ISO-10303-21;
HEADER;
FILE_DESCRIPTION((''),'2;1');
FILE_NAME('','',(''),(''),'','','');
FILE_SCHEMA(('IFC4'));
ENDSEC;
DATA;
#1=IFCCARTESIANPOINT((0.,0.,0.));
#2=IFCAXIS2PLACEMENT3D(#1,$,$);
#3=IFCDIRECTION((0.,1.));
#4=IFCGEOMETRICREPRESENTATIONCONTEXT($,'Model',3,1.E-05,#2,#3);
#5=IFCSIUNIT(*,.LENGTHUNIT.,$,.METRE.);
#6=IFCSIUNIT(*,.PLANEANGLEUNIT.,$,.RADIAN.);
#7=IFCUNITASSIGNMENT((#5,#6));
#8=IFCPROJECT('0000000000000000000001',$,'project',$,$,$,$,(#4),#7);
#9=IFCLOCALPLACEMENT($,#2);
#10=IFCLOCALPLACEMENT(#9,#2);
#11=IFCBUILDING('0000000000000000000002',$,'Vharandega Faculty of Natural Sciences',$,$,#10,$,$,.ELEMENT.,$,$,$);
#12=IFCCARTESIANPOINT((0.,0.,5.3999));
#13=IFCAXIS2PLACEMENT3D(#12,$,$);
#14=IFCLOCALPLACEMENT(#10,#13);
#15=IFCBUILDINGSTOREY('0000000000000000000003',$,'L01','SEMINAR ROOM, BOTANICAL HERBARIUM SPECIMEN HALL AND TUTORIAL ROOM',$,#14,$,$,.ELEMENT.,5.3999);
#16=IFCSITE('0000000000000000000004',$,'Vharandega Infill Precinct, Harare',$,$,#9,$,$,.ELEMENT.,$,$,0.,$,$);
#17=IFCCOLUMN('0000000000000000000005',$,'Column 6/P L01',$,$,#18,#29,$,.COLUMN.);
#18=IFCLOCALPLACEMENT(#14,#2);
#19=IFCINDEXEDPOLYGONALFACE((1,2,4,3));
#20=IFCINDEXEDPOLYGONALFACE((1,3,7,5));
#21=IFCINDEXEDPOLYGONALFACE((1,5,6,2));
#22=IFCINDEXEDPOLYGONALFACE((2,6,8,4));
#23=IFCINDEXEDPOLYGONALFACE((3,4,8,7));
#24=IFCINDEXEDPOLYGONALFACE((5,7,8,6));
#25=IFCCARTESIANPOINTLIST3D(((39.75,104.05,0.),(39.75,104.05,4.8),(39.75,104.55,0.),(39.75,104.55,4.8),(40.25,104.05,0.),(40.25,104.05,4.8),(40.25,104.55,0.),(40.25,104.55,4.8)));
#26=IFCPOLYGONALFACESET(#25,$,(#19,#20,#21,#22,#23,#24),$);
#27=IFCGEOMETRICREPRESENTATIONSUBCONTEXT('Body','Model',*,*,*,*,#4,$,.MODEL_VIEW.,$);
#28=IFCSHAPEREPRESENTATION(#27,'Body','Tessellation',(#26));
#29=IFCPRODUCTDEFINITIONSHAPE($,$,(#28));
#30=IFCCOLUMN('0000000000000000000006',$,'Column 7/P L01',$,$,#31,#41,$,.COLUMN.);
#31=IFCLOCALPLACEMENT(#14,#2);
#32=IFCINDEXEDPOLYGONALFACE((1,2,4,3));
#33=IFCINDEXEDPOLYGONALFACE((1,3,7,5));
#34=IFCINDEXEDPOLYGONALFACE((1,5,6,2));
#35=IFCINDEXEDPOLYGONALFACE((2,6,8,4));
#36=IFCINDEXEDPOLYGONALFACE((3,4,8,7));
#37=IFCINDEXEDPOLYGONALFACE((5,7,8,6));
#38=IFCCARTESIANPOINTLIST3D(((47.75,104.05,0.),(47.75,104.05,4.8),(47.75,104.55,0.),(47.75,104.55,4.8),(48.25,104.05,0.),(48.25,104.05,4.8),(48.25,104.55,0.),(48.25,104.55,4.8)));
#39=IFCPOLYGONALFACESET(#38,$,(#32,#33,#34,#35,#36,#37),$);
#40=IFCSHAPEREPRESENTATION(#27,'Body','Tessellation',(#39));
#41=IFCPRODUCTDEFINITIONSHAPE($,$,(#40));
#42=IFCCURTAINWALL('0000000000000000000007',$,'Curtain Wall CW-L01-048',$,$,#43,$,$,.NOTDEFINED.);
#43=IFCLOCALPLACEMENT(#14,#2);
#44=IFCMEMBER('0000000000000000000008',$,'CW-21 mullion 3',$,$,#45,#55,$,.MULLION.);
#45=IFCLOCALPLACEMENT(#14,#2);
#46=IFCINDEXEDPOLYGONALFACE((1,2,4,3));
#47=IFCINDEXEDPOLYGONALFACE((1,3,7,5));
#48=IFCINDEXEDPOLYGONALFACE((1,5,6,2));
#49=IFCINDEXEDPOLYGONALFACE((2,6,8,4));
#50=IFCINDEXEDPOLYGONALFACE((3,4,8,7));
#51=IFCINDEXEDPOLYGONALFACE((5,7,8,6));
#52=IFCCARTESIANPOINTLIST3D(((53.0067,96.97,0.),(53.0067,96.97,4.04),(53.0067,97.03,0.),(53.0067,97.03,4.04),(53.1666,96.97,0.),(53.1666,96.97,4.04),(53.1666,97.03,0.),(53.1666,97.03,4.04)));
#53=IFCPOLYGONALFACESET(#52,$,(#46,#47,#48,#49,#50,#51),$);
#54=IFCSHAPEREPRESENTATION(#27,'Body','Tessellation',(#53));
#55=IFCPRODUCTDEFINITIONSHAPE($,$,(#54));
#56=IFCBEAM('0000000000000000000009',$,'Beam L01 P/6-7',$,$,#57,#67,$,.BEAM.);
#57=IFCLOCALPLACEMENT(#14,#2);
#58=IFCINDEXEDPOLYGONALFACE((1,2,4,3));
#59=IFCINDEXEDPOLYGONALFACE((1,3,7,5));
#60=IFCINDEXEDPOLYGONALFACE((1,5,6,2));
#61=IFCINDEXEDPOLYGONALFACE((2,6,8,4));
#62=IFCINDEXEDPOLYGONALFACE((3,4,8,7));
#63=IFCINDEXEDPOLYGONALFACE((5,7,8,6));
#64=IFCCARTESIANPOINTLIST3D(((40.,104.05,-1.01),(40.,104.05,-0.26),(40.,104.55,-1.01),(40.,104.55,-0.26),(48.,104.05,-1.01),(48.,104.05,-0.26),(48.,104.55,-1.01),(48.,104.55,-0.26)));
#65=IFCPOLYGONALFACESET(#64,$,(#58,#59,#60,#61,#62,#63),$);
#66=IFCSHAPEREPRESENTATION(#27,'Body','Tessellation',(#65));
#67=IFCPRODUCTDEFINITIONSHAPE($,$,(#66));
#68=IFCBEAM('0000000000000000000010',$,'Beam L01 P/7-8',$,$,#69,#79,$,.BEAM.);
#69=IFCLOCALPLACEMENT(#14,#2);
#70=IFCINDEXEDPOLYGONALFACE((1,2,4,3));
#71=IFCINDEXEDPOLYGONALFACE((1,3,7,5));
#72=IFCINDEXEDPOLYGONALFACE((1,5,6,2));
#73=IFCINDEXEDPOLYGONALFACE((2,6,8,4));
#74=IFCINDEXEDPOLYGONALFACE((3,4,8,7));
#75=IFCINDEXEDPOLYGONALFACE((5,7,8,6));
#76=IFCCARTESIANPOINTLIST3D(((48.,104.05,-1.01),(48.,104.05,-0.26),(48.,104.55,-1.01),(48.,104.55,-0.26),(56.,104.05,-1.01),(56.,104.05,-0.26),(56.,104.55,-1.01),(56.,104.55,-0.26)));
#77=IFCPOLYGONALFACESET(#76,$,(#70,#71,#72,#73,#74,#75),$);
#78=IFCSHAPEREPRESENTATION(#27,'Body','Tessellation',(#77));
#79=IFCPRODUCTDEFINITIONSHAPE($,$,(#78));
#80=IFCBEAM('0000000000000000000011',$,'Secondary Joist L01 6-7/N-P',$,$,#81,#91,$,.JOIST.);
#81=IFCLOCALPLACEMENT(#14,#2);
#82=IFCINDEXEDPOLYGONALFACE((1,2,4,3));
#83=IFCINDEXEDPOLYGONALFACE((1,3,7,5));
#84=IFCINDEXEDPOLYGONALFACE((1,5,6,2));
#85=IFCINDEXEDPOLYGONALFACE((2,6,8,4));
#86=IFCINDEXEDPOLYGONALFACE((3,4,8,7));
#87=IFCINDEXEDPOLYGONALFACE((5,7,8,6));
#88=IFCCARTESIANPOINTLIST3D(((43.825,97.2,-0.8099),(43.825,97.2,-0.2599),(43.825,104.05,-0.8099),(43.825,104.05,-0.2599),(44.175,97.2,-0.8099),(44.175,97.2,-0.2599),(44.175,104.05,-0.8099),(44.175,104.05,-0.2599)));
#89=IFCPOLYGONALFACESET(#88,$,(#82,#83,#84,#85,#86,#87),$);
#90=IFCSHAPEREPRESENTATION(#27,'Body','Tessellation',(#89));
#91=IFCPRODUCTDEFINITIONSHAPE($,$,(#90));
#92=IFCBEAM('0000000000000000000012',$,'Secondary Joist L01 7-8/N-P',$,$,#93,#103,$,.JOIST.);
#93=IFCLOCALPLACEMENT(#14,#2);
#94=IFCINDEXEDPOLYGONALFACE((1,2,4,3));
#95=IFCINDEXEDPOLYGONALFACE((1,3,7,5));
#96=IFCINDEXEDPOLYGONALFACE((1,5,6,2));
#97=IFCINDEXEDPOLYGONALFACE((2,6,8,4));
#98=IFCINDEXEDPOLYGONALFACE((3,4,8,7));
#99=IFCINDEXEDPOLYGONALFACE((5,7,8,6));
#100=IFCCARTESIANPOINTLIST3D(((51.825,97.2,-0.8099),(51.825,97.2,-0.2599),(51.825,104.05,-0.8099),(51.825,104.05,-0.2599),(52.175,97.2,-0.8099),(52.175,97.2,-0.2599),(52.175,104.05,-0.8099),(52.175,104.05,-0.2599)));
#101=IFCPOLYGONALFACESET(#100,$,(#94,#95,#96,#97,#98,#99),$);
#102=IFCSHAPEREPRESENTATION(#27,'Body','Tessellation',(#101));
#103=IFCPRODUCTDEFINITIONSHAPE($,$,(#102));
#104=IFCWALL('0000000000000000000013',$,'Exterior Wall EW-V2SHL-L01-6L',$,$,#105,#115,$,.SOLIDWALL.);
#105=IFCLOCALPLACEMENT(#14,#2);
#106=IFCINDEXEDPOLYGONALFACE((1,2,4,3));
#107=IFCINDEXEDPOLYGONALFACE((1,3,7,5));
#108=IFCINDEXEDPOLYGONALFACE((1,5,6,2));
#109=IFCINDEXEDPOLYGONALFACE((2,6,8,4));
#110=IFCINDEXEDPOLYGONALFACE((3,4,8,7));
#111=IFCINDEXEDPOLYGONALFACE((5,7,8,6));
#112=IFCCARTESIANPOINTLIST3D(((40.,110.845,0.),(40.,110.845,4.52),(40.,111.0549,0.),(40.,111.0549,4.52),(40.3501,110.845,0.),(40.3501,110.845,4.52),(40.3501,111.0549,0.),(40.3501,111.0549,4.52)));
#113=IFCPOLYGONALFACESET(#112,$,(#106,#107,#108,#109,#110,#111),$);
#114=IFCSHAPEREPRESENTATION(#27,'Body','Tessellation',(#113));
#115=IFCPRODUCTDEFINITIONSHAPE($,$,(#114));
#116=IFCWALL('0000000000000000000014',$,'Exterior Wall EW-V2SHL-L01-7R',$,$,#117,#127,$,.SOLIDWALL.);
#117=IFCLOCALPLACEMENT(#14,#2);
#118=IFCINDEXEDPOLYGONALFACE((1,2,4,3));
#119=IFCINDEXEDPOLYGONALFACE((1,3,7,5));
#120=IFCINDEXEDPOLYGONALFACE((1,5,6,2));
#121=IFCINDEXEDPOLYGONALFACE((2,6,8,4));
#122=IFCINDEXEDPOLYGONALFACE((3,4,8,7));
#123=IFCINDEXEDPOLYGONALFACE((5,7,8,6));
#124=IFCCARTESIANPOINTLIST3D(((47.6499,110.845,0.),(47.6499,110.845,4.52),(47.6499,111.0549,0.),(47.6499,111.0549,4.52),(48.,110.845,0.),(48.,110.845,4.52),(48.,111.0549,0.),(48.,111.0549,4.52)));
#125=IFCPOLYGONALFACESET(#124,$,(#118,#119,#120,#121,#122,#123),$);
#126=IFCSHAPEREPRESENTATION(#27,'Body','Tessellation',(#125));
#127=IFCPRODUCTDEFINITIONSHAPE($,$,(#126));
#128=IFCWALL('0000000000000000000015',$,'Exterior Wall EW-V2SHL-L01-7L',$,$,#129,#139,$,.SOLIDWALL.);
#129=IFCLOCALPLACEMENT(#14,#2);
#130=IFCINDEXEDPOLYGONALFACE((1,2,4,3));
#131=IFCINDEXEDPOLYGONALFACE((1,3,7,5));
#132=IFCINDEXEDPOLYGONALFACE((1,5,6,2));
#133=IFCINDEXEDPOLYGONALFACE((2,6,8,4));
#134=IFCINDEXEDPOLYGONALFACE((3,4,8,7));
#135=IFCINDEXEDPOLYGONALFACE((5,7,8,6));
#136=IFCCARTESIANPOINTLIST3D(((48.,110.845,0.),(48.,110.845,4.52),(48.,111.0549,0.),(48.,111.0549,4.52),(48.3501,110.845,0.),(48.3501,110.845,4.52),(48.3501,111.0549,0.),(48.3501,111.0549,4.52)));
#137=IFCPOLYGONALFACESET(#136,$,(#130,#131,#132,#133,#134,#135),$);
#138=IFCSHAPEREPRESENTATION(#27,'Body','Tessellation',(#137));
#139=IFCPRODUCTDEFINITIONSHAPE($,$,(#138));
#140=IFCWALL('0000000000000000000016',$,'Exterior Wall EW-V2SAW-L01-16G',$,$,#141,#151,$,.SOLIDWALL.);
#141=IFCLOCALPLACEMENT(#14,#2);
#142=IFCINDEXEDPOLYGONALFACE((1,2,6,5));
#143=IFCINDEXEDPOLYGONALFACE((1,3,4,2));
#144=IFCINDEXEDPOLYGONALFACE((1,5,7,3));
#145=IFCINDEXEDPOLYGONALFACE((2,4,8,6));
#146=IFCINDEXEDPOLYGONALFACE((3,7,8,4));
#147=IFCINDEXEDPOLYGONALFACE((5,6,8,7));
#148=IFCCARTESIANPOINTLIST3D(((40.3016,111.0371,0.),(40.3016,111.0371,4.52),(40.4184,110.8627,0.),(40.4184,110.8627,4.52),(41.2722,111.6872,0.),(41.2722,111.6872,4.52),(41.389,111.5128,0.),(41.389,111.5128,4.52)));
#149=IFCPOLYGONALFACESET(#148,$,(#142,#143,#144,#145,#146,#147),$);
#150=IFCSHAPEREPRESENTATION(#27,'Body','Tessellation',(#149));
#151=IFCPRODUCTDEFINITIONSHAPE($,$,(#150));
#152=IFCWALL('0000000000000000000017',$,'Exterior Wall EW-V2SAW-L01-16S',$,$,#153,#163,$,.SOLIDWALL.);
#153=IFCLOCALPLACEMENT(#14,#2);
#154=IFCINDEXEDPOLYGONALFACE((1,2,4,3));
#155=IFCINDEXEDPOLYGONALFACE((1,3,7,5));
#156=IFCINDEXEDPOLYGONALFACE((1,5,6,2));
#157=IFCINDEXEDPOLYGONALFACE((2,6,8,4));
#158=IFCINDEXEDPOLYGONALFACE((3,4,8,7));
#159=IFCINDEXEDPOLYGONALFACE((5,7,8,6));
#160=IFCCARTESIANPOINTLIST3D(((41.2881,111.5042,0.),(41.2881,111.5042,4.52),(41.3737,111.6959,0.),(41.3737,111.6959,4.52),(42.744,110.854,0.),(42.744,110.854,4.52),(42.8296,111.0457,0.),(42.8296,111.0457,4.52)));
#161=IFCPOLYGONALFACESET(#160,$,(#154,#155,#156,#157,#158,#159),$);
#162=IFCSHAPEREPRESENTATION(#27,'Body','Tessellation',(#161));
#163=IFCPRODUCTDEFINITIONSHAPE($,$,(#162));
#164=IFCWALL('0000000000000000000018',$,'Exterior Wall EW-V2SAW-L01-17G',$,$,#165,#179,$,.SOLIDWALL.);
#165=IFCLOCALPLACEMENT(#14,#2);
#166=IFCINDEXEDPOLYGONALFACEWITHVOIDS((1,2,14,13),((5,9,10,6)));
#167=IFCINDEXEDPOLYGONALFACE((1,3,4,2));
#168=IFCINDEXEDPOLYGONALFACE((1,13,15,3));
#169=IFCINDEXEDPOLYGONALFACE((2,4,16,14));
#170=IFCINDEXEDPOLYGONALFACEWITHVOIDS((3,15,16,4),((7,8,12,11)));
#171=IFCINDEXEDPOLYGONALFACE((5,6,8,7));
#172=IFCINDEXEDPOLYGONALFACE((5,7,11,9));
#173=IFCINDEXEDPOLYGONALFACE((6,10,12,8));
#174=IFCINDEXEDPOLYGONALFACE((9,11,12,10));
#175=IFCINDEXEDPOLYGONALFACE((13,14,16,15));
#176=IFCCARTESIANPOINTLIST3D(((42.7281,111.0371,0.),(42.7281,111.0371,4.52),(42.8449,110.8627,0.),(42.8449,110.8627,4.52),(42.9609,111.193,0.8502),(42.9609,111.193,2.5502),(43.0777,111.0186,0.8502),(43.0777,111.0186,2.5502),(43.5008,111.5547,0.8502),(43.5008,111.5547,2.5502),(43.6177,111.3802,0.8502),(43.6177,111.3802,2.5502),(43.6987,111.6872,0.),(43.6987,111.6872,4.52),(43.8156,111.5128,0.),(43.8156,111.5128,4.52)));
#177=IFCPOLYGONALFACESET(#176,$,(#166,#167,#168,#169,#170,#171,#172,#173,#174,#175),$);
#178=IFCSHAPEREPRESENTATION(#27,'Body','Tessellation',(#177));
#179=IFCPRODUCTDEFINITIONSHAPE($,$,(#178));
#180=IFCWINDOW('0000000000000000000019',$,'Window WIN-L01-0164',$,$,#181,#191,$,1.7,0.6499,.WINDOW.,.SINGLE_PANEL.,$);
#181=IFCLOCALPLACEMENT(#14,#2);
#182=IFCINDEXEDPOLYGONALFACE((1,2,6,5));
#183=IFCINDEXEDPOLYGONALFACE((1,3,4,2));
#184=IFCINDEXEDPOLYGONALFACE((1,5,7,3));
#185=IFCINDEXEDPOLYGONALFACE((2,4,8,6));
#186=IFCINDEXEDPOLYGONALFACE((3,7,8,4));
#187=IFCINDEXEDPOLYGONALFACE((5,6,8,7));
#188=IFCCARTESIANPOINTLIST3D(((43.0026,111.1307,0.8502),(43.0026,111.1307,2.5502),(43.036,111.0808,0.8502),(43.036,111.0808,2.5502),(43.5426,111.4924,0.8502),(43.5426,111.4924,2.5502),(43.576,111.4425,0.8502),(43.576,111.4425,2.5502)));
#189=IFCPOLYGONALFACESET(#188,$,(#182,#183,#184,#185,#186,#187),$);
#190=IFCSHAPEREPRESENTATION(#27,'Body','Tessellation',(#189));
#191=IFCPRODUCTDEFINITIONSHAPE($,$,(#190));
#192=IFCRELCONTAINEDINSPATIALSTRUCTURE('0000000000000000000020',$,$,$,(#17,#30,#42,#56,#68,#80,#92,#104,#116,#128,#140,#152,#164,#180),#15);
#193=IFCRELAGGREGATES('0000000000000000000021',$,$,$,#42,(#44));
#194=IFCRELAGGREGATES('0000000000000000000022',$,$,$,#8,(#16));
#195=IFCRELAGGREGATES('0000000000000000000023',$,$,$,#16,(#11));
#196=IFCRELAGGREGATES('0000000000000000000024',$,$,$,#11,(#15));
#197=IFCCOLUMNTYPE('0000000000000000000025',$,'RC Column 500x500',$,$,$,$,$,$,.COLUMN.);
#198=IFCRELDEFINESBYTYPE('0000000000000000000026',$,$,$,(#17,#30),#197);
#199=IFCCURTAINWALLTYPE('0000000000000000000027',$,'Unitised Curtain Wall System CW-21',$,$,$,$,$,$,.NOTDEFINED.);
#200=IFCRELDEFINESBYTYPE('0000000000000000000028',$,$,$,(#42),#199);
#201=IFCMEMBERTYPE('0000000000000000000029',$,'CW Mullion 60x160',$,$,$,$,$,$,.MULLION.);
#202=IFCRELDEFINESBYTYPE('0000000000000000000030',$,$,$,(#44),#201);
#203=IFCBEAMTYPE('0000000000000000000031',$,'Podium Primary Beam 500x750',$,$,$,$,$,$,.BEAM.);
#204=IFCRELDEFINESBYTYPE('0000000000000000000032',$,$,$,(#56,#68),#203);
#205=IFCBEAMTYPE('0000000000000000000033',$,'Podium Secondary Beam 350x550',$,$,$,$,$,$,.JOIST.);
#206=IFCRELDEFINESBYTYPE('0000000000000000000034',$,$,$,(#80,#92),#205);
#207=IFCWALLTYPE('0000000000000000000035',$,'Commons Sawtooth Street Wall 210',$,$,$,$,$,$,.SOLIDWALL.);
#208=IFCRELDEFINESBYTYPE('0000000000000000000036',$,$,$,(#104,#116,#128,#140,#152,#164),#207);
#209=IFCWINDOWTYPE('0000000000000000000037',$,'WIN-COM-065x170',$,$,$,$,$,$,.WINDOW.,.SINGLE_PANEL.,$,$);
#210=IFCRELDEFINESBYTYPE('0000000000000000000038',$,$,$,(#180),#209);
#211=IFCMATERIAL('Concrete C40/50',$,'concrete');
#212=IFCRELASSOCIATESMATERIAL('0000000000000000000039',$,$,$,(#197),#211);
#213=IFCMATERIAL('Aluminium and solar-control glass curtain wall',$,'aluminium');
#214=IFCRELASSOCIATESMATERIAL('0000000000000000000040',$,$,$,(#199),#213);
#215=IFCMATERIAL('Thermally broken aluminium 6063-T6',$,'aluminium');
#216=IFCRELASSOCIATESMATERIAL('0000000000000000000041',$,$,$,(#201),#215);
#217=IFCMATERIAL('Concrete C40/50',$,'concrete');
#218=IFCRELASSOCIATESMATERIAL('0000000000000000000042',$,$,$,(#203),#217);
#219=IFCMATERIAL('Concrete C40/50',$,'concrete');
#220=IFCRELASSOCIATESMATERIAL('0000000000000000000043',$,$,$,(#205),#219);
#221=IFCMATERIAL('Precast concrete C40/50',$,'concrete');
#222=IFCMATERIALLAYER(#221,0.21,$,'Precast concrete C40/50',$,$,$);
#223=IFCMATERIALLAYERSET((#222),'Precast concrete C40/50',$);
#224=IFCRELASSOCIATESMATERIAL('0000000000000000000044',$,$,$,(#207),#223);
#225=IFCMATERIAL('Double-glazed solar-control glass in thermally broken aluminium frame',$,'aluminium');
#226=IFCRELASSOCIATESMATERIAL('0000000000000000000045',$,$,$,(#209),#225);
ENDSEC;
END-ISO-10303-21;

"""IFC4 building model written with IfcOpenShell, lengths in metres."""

from ifc_helpers import new_model, si_unit, direction, frame, frame_2d, origin, origin_2d, place, context, subcontext, project, spatial, rectangle, extrude, material, layer, layer_set, material_profile, profile_set, type_object, element, fill, aggregate, save


model = new_model("IFC4")

# Units and contexts
model_context = context("Model", 3, precision=1e-05, world=origin(), true_north=direction((0.0, 1.0)))
body_context = subcontext(model_context, "Body", "Model", "MODEL_VIEW")
ifc_project = project(units=[si_unit("LENGTHUNIT", "METRE"), si_unit("PLANEANGLEUNIT", "RADIAN")], contexts=[model_context])

# Site, building, storey
site_placement = place(None, origin())
site = spatial("IfcSite", under=ifc_project, at=site_placement, Name="Vharandega Infill Precinct, Harare", CompositionType="ELEMENT", RefElevation=0.0)
building_placement = place(site_placement, origin())
building = spatial("IfcBuilding", under=site, at=building_placement, Name="Vharandega Faculty of Natural Sciences", CompositionType="ELEMENT")
storey_placement = place(building_placement, frame((0.0, 0.0, 5.3999)))
storey = spatial("IfcBuildingStorey", under=building, at=storey_placement, Name="L01", Description="SEMINAR ROOM, BOTANICAL HERBARIUM SPECIMEN HALL AND TUTORIAL ROOM", CompositionType="ELEMENT", Elevation=5.3999)

# Columns
ifc_material_1 = material(Name="Concrete C40/50", Category="concrete")
ifc_material_profile_1 = material_profile(ifc_material_1, rectangle(XDim=0.5, YDim=0.5, at=origin_2d()), Name="RC 500x500")
ifc_profile_set_1 = profile_set([ifc_material_profile_1], Name="Concrete C40/50")
column_type = type_object("IfcColumnType", Name="RC Column 500x500", PredefinedType="COLUMN", material=ifc_profile_set_1)
for number, where, z_axis, x_axis, name in (
    (1, (40.0, 104.3, 0.0), (0.0, 0.0, 1.0), (1.0, 0.0, 0.0), "Column 6/P L01"),
    (2, (48.0, 104.3, 0.0), (0.0, 0.0, 1.0), (1.0, 0.0, 0.0), "Column 7/P L01"),
):
    element("IfcColumn", number, at=place(storey_placement, frame(where, z_axis=z_axis, x_axis=x_axis)), inside=storey, type_object=column_type, Name=name, PredefinedType="COLUMN", context=body_context, shape_type="SweptSolid", body=[
        extrude(rectangle(XDim=0.5, YDim=0.5, at=origin_2d()), origin(), (0.0, 0.0, 1.0), 4.8),
    ])

# Curtain wall, member
ifc_material_2 = material(Name="Aluminium and solar-control glass curtain wall", Category="aluminium")
curtain_wall_type = type_object("IfcCurtainWallType", Name="Unitised Curtain Wall System CW-21", PredefinedType="NOTDEFINED", material=ifc_material_2)
curtain_wall_placement = place(storey_placement, origin())
curtain_wall = element("IfcCurtainWall", 3, at=curtain_wall_placement, inside=storey, type_object=curtain_wall_type, Name="Curtain Wall CW-L01-048", PredefinedType="NOTDEFINED")
ifc_material_3 = material(Name="Thermally broken aluminium 6063-T6", Category="aluminium")
ifc_material_profile_2 = material_profile(ifc_material_3, rectangle(XDim=0.0601, YDim=0.1599, at=origin_2d()), Name="ALU 60x160")
ifc_profile_set_2 = profile_set([ifc_material_profile_2], Name="Thermally broken aluminium 6063-T6")
member_type = type_object("IfcMemberType", Name="CW Mullion 60x160", PredefinedType="MULLION", material=ifc_profile_set_2)
member_placement = place(storey_placement, frame((53.0867, 97.0, 0.0), z_axis=(0.0, 0.0, 1.0), x_axis=(0.0, 1.0, 0.0)))
member = element("IfcMember", 4, at=member_placement, type_object=member_type, Name="CW-21 mullion 3", PredefinedType="MULLION", context=body_context, shape_type="SweptSolid", body=[
    extrude(rectangle(XDim=0.0601, YDim=0.1599, at=origin_2d()), origin(), (0.0, 0.0, 1.0), 4.04),
])
aggregate(curtain_wall, [member])

# Beams
ifc_material_4 = material(Name="Concrete C40/50", Category="concrete")
ifc_material_profile_3 = material_profile(ifc_material_4, rectangle(XDim=0.5, YDim=0.75, at=origin_2d()), Name="RC 500x750")
ifc_profile_set_3 = profile_set([ifc_material_profile_3], Name="Concrete C40/50")
beam_type_1 = type_object("IfcBeamType", Name="Podium Primary Beam 500x750", PredefinedType="BEAM", material=ifc_profile_set_3)
for number, where, z_axis, x_axis, name in (
    (5, (40.0, 104.3, -0.635), (1.0, 0.0, 0.0), (0.0, 1.0, 0.0), "Beam L01 P/6-7"),
    (6, (48.0, 104.3, -0.635), (1.0, 0.0, 0.0), (0.0, 1.0, 0.0), "Beam L01 P/7-8"),
):
    element("IfcBeam", number, at=place(storey_placement, frame(where, z_axis=z_axis, x_axis=x_axis)), inside=storey, type_object=beam_type_1, Name=name, PredefinedType="BEAM", context=body_context, shape_type="SweptSolid", body=[
        extrude(rectangle(XDim=0.5, YDim=0.75, at=origin_2d()), origin(), (0.0, 0.0, 1.0), 8.0),
    ])
ifc_material_5 = material(Name="Concrete C40/50", Category="concrete")
ifc_material_profile_4 = material_profile(ifc_material_5, rectangle(XDim=0.3501, YDim=0.55, at=origin_2d()), Name="RC 350x550")
ifc_profile_set_4 = profile_set([ifc_material_profile_4], Name="Concrete C40/50")
beam_type_2 = type_object("IfcBeamType", Name="Podium Secondary Beam 350x550", PredefinedType="JOIST", material=ifc_profile_set_4)
for number, where, z_axis, x_axis, name in (
    (7, (44.0, 97.2, -0.5349), (0.0, 1.0, 0.0), (-1.0, 0.0, 0.0), "Secondary Joist L01 6-7/N-P"),
    (8, (52.0, 97.2, -0.5349), (0.0, 1.0, 0.0), (-1.0, 0.0, 0.0), "Secondary Joist L01 7-8/N-P"),
):
    element("IfcBeam", number, at=place(storey_placement, frame(where, z_axis=z_axis, x_axis=x_axis)), inside=storey, type_object=beam_type_2, Name=name, PredefinedType="JOIST", context=body_context, shape_type="SweptSolid", body=[
        extrude(rectangle(XDim=0.3501, YDim=0.55, at=origin_2d()), origin(), (0.0, 0.0, 1.0), 6.8501),
    ])

# Walls
ifc_material_6 = material(Name="Precast concrete C40/50", Category="concrete")
ifc_layer_1 = layer(ifc_material_6, 0.21, Name="Precast concrete C40/50")
ifc_layer_set_1 = layer_set([ifc_layer_1], Name="Precast concrete C40/50")
wall_type_1 = type_object("IfcWallType", Name="Commons Sawtooth Street Wall 210", PredefinedType="SOLIDWALL", material=ifc_layer_set_1)
for number, where, z_axis, x_axis, name in (
    (9, (40.0, 110.95, 0.0), (0.0, 0.0, 1.0), (1.0, 0.0, 0.0), "Exterior Wall EW-V2SHL-L01-6L"),
    (10, (47.6499, 110.95, 0.0), (0.0, 0.0, 1.0), (1.0, 0.0, 0.0), "Exterior Wall EW-V2SHL-L01-7R"),
    (11, (48.0, 110.95, 0.0), (0.0, 0.0, 1.0), (1.0, 0.0, 0.0), "Exterior Wall EW-V2SHL-L01-7L"),
):
    element("IfcWall", number, at=place(storey_placement, frame(where, z_axis=z_axis, x_axis=x_axis)), inside=storey, type_object=wall_type_1, Name=name, PredefinedType="SOLIDWALL", context=body_context, shape_type="SweptSolid", body=[
        extrude(rectangle(XDim=0.3501, YDim=0.21, at=frame_2d((0.175, 0.0))), origin(), (0.0, 0.0, 1.0), 4.52),
    ])
wall_1_placement = place(storey_placement, frame((40.3601, 110.95, 0.0), z_axis=(0.0, 0.0, 1.0), x_axis=(0.830859, 0.556483, 0.0)))
element("IfcWall", 12, at=wall_1_placement, inside=storey, type_object=wall_type_1, Name="Exterior Wall EW-V2SAW-L01-16G", PredefinedType="SOLIDWALL", context=body_context, shape_type="SweptSolid", body=[
    extrude(rectangle(XDim=1.1682, YDim=0.21, at=frame_2d((0.584, 0.0))), origin(), (0.0, 0.0, 1.0), 4.52),
])
wall_2_placement = place(storey_placement, frame((41.3308, 111.6001, 0.0), z_axis=(0.0, 0.0, 1.0), x_axis=(0.913084, -0.407772, 0.0)))
element("IfcWall", 13, at=wall_2_placement, inside=storey, type_object=wall_type_1, Name="Exterior Wall EW-V2SAW-L01-16S", PredefinedType="SOLIDWALL", context=body_context, shape_type="SweptSolid", body=[
    extrude(rectangle(XDim=1.5945, YDim=0.21, at=frame_2d((0.7974, 0.0))), origin(), (0.0, 0.0, 1.0), 4.52),
])

# Wall, opening, window
wall_3_placement = place(storey_placement, frame((42.7866, 110.95, 0.0), z_axis=(0.0, 0.0, 1.0), x_axis=(0.830859, 0.556483, 0.0)))
wall_3 = element("IfcWall", 14, at=wall_3_placement, inside=storey, type_object=wall_type_1, Name="Exterior Wall EW-V2SAW-L01-17G", PredefinedType="SOLIDWALL", context=body_context, shape_type="SweptSolid", body=[
    extrude(rectangle(XDim=1.1682, YDim=0.21, at=frame_2d((0.584, 0.0))), origin(), (0.0, 0.0, 1.0), 4.52),
])
opening_1_placement = place(wall_3_placement, frame((0.28, 0.0, 0.8501)))
opening_1 = element("IfcOpeningElement", 15, at=opening_1_placement, cuts=wall_3, PredefinedType="OPENING", context=body_context, shape_type="SweptSolid", body=[
    extrude(rectangle(XDim=0.6499, YDim=1.7, at=frame_2d((0.325, 0.8501))), frame((0.0, 0.115, 0.0), z_axis=(0.0, -1.0, 0.0), x_axis=(1.0, 0.0, 0.0)), (0.0, 0.0, 1.0), 0.23),
])
ifc_material_7 = material(Name="Double-glazed solar-control glass in thermally broken aluminium frame", Category="aluminium")
window_type = type_object("IfcWindowType", Name="WIN-COM-065x170", PartitioningType="SINGLE_PANEL", PredefinedType="WINDOW", material=ifc_material_7)
window_1_placement = place(opening_1_placement, origin())
window_1 = element("IfcWindow", 16, at=window_1_placement, inside=storey, type_object=window_type, Name="Window WIN-L01-0164", OverallHeight=1.7, OverallWidth=0.6499, PartitioningType="SINGLE_PANEL", PredefinedType="WINDOW", context=body_context, shape_type="SweptSolid", body=[
    extrude(rectangle(XDim=0.6499, YDim=1.7, at=frame_2d((0.325, 0.8501))), frame((0.0, 0.03, 0.0), z_axis=(0.0, -1.0, 0.0), x_axis=(1.0, 0.0, 0.0)), (0.0, 0.0, 1.0), 0.0601),
])
fill(opening_1, window_1)

save(model, "model.ifc")
